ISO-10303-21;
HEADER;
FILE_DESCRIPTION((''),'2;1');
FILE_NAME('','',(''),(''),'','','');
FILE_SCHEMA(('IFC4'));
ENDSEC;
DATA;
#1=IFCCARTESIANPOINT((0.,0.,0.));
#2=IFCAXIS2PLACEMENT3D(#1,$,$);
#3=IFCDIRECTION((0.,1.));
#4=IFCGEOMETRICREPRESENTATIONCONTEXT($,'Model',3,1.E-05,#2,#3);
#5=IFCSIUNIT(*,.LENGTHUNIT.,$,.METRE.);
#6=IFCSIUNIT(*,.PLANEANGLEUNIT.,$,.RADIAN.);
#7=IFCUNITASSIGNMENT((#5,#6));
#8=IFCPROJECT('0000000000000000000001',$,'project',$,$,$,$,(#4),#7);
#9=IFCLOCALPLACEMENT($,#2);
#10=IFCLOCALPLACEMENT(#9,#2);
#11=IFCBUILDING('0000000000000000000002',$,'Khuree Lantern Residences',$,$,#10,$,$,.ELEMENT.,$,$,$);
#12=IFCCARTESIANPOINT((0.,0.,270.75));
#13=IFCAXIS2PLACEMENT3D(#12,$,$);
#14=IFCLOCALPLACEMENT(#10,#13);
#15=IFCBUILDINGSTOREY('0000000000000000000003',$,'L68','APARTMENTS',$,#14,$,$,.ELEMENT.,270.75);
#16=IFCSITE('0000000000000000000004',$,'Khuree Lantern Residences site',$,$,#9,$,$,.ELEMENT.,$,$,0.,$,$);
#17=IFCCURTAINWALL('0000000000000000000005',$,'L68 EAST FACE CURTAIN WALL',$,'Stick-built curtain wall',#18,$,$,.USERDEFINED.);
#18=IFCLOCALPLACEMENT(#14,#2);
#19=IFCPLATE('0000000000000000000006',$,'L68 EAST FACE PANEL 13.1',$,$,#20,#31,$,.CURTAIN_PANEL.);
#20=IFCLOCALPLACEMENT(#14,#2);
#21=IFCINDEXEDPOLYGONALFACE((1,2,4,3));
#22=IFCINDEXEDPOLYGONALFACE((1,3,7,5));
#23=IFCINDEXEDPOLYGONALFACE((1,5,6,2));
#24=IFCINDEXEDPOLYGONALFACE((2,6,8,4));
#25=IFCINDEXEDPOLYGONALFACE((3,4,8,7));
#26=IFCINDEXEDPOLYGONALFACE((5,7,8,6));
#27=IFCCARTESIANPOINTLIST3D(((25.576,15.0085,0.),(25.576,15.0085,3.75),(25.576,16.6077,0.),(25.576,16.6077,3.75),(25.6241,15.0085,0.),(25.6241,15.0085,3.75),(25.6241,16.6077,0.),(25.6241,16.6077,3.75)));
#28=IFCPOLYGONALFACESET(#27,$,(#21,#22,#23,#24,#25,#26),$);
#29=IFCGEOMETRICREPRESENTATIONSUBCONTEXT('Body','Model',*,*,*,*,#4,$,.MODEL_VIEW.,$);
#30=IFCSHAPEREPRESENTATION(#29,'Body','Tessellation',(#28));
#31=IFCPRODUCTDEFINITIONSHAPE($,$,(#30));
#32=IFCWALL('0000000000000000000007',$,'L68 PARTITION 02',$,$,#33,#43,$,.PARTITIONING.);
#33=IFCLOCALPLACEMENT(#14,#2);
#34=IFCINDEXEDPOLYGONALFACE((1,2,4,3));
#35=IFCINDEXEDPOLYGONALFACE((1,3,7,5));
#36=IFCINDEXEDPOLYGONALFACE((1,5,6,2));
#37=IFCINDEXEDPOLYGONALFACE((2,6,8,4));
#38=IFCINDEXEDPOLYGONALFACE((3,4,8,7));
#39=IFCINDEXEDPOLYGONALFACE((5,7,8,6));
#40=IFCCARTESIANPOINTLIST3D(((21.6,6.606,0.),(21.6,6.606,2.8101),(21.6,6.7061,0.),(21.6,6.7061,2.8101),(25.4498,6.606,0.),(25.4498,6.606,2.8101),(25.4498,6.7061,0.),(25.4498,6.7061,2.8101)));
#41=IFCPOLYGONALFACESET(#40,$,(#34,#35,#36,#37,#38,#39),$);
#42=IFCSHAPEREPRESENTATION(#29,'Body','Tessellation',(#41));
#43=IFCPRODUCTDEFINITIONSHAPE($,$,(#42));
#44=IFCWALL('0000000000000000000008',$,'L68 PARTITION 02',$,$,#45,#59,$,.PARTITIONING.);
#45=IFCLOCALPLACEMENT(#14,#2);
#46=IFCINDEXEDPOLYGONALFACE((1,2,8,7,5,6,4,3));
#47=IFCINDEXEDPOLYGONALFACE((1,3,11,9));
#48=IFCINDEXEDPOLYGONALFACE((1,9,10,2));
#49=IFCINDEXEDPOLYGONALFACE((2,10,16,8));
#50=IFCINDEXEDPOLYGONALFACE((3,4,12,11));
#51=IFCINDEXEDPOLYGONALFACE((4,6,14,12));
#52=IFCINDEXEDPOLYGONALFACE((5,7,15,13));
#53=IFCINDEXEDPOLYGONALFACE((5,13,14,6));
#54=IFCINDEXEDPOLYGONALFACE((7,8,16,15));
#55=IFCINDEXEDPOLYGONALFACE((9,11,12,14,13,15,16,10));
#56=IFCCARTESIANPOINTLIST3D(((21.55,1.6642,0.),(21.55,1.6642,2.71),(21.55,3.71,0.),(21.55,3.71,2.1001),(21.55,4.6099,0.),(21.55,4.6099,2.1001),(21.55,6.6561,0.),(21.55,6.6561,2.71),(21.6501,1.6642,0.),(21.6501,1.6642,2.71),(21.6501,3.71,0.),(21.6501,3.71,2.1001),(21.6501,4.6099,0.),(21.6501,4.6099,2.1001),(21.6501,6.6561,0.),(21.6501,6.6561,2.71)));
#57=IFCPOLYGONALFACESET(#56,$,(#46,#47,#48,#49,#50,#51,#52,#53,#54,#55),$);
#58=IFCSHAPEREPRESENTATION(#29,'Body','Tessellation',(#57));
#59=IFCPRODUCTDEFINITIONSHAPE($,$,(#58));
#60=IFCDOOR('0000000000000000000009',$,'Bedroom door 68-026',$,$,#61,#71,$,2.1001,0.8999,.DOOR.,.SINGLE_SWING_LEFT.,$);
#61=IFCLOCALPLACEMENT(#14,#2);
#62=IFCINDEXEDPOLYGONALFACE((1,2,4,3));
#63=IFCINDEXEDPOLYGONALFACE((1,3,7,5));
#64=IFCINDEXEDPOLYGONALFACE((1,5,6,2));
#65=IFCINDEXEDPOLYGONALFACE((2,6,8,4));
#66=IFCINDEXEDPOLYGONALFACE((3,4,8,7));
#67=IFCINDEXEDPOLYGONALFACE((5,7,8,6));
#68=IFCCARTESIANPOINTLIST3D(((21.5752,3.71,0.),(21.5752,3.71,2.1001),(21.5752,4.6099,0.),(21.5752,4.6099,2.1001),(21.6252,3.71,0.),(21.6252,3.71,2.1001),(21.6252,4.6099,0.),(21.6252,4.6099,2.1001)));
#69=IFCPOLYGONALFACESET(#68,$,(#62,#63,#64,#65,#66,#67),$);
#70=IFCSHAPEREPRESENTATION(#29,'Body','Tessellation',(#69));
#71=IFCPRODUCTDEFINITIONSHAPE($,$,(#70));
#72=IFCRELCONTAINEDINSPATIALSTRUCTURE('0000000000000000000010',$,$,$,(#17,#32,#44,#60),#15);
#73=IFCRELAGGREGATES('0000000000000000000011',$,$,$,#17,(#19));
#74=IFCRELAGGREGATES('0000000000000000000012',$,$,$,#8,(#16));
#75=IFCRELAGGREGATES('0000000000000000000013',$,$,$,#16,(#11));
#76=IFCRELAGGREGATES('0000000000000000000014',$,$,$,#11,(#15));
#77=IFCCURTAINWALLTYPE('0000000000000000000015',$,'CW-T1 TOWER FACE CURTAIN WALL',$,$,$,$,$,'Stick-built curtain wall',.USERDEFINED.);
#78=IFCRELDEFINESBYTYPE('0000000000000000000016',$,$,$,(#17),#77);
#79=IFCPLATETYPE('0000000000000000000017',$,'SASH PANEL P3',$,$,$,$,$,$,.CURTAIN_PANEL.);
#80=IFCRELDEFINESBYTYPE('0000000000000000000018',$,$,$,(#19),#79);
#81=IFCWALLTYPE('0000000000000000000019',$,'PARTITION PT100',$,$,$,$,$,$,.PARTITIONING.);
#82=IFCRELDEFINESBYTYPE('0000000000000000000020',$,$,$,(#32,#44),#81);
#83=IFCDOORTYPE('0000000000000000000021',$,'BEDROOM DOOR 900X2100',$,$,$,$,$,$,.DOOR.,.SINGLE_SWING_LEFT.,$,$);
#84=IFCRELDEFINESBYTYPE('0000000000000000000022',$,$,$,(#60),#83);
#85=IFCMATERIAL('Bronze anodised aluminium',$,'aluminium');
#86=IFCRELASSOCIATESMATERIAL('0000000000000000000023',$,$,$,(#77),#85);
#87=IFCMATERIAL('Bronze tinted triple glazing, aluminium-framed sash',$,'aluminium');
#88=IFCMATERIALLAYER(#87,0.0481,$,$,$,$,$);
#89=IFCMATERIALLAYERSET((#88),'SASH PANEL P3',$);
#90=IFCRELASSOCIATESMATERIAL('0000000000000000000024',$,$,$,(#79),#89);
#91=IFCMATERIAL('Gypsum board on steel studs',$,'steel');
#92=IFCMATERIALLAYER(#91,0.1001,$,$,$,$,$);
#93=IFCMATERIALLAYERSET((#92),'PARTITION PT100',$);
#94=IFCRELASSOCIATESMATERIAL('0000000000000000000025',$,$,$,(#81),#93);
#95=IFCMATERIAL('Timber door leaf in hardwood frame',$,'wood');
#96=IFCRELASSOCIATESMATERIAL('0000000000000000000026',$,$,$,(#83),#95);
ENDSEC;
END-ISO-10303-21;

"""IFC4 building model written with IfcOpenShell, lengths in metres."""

from ifc_helpers import new_model, si_unit, direction, frame, frame_2d, origin, origin_2d, place, context, subcontext, project, spatial, rectangle, extrude, material, layer, layer_set, type_object, element, fill, aggregate, save


model = new_model("IFC4")

# Units and contexts
model_context = context("Model", 3, precision=1e-05, world=origin(), true_north=direction((0.0, 1.0)))
body_context = subcontext(model_context, "Body", "Model", "MODEL_VIEW")
ifc_project = project(units=[si_unit("LENGTHUNIT", "METRE"), si_unit("PLANEANGLEUNIT", "RADIAN")], contexts=[model_context])

# Site, building, storey
site_placement = place(None, origin())
site = spatial("IfcSite", under=ifc_project, at=site_placement, Name="Khuree Lantern Residences site", CompositionType="ELEMENT", RefElevation=0.0)
building_placement = place(site_placement, origin())
building = spatial("IfcBuilding", under=site, at=building_placement, Name="Khuree Lantern Residences", CompositionType="ELEMENT")
storey_placement = place(building_placement, frame((0.0, 0.0, 270.75)))
storey = spatial("IfcBuildingStorey", under=building, at=storey_placement, Name="L68", Description="APARTMENTS", CompositionType="ELEMENT", Elevation=270.75)

# Curtain wall
ifc_material_1 = material(Name="Bronze anodised aluminium", Category="aluminium")
curtain_wall_type = type_object("IfcCurtainWallType", Name="CW-T1 TOWER FACE CURTAIN WALL", ElementType="Stick-built curtain wall", PredefinedType="USERDEFINED", material=ifc_material_1)
curtain_wall_placement = place(storey_placement, origin())
curtain_wall = element("IfcCurtainWall", 1, at=curtain_wall_placement, inside=storey, type_object=curtain_wall_type, Name="L68 EAST FACE CURTAIN WALL", ObjectType="Stick-built curtain wall", PredefinedType="USERDEFINED")

# Plate
ifc_material_2 = material(Name="Bronze tinted triple glazing, aluminium-framed sash", Category="aluminium")
ifc_layer_1 = layer(ifc_material_2, 0.0481)
ifc_layer_set_1 = layer_set([ifc_layer_1], Name="SASH PANEL P3")
plate_type_1 = type_object("IfcPlateType", Name="SASH PANEL P3", PredefinedType="CURTAIN_PANEL", material=ifc_layer_set_1)
plate_1_placement = place(storey_placement, frame((25.6001, 15.8081, 0.0), z_axis=(0.0, 0.0, 1.0), x_axis=(0.0, 1.0, 0.0)))
plate_1 = element("IfcPlate", 2, at=plate_1_placement, type_object=plate_type_1, Name="L68 EAST FACE PANEL 13.1", PredefinedType="CURTAIN_PANEL", context=body_context, shape_type="SweptSolid", body=[
    extrude(rectangle(XDim=1.5991, YDim=0.0481, at=origin_2d()), origin(), (0.0, 0.0, 1.0), 3.75),
])
aggregate(curtain_wall, [plate_1])

# Wall
ifc_material_3 = material(Name="Gypsum board on steel studs", Category="steel")
ifc_layer_2 = layer(ifc_material_3, 0.1001)
ifc_layer_set_2 = layer_set([ifc_layer_2], Name="PARTITION PT100")
wall_type = type_object("IfcWallType", Name="PARTITION PT100", PredefinedType="PARTITIONING", material=ifc_layer_set_2)
wall_1_placement = place(storey_placement, frame((21.6001, 6.656, 0.0), z_axis=(0.0, 0.0, 1.0), x_axis=(1.0, 0.0, 0.0)))
element("IfcWall", 3, at=wall_1_placement, inside=storey, type_object=wall_type, Name="L68 PARTITION 02", PredefinedType="PARTITIONING", context=body_context, shape_type="SweptSolid", body=[
    extrude(rectangle(XDim=3.8499, YDim=0.1001, at=frame_2d((1.9248, 0.0))), origin(), (0.0, 0.0, 1.0), 2.8101),
])

# Wall, opening, door
wall_2_placement = place(storey_placement, frame((21.6001, 1.6641, 0.0), z_axis=(0.0, 0.0, 1.0), x_axis=(0.0, 1.0, 0.0)))
wall_2 = element("IfcWall", 4, at=wall_2_placement, inside=storey, type_object=wall_type, Name="L68 PARTITION 02", PredefinedType="PARTITIONING", context=body_context, shape_type="SweptSolid", body=[
    extrude(rectangle(XDim=4.9919, YDim=0.1001, at=frame_2d((2.4961, 0.0))), origin(), (0.0, 0.0, 1.0), 2.71),
])
opening_placement = place(wall_2_placement, frame((2.0459, 0.0, 0.0)))
opening = element("IfcOpeningElement", 5, at=opening_placement, cuts=wall_2, PredefinedType="OPENING", context=body_context, shape_type="SweptSolid", body=[
    extrude(rectangle(XDim=0.8999, YDim=2.1001, at=frame_2d((0.45, 1.05))), frame((0.0, 0.0601, 0.0), z_axis=(0.0, -1.0, 0.0), x_axis=(1.0, 0.0, 0.0)), (0.0, 0.0, 1.0), 0.1201),
])
ifc_material_4 = material(Name="Timber door leaf in hardwood frame", Category="wood")
door_type = type_object("IfcDoorType", Name="BEDROOM DOOR 900X2100", OperationType="SINGLE_SWING_LEFT", PredefinedType="DOOR", material=ifc_material_4)
door_placement = place(opening_placement, origin())
door = element("IfcDoor", 6, at=door_placement, inside=storey, type_object=door_type, Name="Bedroom door 68-026", OperationType="SINGLE_SWING_LEFT", OverallHeight=2.1001, OverallWidth=0.8999, PredefinedType="DOOR", context=body_context, shape_type="SweptSolid", body=[
    extrude(rectangle(XDim=0.8999, YDim=2.1001, at=frame_2d((0.45, 1.05))), frame((0.0, 0.0249, 0.0), z_axis=(0.0, -1.0, 0.0), x_axis=(1.0, 0.0, 0.0)), (0.0, 0.0, 1.0), 0.05),
])
fill(opening, door)

save(model, "model.ifc")
